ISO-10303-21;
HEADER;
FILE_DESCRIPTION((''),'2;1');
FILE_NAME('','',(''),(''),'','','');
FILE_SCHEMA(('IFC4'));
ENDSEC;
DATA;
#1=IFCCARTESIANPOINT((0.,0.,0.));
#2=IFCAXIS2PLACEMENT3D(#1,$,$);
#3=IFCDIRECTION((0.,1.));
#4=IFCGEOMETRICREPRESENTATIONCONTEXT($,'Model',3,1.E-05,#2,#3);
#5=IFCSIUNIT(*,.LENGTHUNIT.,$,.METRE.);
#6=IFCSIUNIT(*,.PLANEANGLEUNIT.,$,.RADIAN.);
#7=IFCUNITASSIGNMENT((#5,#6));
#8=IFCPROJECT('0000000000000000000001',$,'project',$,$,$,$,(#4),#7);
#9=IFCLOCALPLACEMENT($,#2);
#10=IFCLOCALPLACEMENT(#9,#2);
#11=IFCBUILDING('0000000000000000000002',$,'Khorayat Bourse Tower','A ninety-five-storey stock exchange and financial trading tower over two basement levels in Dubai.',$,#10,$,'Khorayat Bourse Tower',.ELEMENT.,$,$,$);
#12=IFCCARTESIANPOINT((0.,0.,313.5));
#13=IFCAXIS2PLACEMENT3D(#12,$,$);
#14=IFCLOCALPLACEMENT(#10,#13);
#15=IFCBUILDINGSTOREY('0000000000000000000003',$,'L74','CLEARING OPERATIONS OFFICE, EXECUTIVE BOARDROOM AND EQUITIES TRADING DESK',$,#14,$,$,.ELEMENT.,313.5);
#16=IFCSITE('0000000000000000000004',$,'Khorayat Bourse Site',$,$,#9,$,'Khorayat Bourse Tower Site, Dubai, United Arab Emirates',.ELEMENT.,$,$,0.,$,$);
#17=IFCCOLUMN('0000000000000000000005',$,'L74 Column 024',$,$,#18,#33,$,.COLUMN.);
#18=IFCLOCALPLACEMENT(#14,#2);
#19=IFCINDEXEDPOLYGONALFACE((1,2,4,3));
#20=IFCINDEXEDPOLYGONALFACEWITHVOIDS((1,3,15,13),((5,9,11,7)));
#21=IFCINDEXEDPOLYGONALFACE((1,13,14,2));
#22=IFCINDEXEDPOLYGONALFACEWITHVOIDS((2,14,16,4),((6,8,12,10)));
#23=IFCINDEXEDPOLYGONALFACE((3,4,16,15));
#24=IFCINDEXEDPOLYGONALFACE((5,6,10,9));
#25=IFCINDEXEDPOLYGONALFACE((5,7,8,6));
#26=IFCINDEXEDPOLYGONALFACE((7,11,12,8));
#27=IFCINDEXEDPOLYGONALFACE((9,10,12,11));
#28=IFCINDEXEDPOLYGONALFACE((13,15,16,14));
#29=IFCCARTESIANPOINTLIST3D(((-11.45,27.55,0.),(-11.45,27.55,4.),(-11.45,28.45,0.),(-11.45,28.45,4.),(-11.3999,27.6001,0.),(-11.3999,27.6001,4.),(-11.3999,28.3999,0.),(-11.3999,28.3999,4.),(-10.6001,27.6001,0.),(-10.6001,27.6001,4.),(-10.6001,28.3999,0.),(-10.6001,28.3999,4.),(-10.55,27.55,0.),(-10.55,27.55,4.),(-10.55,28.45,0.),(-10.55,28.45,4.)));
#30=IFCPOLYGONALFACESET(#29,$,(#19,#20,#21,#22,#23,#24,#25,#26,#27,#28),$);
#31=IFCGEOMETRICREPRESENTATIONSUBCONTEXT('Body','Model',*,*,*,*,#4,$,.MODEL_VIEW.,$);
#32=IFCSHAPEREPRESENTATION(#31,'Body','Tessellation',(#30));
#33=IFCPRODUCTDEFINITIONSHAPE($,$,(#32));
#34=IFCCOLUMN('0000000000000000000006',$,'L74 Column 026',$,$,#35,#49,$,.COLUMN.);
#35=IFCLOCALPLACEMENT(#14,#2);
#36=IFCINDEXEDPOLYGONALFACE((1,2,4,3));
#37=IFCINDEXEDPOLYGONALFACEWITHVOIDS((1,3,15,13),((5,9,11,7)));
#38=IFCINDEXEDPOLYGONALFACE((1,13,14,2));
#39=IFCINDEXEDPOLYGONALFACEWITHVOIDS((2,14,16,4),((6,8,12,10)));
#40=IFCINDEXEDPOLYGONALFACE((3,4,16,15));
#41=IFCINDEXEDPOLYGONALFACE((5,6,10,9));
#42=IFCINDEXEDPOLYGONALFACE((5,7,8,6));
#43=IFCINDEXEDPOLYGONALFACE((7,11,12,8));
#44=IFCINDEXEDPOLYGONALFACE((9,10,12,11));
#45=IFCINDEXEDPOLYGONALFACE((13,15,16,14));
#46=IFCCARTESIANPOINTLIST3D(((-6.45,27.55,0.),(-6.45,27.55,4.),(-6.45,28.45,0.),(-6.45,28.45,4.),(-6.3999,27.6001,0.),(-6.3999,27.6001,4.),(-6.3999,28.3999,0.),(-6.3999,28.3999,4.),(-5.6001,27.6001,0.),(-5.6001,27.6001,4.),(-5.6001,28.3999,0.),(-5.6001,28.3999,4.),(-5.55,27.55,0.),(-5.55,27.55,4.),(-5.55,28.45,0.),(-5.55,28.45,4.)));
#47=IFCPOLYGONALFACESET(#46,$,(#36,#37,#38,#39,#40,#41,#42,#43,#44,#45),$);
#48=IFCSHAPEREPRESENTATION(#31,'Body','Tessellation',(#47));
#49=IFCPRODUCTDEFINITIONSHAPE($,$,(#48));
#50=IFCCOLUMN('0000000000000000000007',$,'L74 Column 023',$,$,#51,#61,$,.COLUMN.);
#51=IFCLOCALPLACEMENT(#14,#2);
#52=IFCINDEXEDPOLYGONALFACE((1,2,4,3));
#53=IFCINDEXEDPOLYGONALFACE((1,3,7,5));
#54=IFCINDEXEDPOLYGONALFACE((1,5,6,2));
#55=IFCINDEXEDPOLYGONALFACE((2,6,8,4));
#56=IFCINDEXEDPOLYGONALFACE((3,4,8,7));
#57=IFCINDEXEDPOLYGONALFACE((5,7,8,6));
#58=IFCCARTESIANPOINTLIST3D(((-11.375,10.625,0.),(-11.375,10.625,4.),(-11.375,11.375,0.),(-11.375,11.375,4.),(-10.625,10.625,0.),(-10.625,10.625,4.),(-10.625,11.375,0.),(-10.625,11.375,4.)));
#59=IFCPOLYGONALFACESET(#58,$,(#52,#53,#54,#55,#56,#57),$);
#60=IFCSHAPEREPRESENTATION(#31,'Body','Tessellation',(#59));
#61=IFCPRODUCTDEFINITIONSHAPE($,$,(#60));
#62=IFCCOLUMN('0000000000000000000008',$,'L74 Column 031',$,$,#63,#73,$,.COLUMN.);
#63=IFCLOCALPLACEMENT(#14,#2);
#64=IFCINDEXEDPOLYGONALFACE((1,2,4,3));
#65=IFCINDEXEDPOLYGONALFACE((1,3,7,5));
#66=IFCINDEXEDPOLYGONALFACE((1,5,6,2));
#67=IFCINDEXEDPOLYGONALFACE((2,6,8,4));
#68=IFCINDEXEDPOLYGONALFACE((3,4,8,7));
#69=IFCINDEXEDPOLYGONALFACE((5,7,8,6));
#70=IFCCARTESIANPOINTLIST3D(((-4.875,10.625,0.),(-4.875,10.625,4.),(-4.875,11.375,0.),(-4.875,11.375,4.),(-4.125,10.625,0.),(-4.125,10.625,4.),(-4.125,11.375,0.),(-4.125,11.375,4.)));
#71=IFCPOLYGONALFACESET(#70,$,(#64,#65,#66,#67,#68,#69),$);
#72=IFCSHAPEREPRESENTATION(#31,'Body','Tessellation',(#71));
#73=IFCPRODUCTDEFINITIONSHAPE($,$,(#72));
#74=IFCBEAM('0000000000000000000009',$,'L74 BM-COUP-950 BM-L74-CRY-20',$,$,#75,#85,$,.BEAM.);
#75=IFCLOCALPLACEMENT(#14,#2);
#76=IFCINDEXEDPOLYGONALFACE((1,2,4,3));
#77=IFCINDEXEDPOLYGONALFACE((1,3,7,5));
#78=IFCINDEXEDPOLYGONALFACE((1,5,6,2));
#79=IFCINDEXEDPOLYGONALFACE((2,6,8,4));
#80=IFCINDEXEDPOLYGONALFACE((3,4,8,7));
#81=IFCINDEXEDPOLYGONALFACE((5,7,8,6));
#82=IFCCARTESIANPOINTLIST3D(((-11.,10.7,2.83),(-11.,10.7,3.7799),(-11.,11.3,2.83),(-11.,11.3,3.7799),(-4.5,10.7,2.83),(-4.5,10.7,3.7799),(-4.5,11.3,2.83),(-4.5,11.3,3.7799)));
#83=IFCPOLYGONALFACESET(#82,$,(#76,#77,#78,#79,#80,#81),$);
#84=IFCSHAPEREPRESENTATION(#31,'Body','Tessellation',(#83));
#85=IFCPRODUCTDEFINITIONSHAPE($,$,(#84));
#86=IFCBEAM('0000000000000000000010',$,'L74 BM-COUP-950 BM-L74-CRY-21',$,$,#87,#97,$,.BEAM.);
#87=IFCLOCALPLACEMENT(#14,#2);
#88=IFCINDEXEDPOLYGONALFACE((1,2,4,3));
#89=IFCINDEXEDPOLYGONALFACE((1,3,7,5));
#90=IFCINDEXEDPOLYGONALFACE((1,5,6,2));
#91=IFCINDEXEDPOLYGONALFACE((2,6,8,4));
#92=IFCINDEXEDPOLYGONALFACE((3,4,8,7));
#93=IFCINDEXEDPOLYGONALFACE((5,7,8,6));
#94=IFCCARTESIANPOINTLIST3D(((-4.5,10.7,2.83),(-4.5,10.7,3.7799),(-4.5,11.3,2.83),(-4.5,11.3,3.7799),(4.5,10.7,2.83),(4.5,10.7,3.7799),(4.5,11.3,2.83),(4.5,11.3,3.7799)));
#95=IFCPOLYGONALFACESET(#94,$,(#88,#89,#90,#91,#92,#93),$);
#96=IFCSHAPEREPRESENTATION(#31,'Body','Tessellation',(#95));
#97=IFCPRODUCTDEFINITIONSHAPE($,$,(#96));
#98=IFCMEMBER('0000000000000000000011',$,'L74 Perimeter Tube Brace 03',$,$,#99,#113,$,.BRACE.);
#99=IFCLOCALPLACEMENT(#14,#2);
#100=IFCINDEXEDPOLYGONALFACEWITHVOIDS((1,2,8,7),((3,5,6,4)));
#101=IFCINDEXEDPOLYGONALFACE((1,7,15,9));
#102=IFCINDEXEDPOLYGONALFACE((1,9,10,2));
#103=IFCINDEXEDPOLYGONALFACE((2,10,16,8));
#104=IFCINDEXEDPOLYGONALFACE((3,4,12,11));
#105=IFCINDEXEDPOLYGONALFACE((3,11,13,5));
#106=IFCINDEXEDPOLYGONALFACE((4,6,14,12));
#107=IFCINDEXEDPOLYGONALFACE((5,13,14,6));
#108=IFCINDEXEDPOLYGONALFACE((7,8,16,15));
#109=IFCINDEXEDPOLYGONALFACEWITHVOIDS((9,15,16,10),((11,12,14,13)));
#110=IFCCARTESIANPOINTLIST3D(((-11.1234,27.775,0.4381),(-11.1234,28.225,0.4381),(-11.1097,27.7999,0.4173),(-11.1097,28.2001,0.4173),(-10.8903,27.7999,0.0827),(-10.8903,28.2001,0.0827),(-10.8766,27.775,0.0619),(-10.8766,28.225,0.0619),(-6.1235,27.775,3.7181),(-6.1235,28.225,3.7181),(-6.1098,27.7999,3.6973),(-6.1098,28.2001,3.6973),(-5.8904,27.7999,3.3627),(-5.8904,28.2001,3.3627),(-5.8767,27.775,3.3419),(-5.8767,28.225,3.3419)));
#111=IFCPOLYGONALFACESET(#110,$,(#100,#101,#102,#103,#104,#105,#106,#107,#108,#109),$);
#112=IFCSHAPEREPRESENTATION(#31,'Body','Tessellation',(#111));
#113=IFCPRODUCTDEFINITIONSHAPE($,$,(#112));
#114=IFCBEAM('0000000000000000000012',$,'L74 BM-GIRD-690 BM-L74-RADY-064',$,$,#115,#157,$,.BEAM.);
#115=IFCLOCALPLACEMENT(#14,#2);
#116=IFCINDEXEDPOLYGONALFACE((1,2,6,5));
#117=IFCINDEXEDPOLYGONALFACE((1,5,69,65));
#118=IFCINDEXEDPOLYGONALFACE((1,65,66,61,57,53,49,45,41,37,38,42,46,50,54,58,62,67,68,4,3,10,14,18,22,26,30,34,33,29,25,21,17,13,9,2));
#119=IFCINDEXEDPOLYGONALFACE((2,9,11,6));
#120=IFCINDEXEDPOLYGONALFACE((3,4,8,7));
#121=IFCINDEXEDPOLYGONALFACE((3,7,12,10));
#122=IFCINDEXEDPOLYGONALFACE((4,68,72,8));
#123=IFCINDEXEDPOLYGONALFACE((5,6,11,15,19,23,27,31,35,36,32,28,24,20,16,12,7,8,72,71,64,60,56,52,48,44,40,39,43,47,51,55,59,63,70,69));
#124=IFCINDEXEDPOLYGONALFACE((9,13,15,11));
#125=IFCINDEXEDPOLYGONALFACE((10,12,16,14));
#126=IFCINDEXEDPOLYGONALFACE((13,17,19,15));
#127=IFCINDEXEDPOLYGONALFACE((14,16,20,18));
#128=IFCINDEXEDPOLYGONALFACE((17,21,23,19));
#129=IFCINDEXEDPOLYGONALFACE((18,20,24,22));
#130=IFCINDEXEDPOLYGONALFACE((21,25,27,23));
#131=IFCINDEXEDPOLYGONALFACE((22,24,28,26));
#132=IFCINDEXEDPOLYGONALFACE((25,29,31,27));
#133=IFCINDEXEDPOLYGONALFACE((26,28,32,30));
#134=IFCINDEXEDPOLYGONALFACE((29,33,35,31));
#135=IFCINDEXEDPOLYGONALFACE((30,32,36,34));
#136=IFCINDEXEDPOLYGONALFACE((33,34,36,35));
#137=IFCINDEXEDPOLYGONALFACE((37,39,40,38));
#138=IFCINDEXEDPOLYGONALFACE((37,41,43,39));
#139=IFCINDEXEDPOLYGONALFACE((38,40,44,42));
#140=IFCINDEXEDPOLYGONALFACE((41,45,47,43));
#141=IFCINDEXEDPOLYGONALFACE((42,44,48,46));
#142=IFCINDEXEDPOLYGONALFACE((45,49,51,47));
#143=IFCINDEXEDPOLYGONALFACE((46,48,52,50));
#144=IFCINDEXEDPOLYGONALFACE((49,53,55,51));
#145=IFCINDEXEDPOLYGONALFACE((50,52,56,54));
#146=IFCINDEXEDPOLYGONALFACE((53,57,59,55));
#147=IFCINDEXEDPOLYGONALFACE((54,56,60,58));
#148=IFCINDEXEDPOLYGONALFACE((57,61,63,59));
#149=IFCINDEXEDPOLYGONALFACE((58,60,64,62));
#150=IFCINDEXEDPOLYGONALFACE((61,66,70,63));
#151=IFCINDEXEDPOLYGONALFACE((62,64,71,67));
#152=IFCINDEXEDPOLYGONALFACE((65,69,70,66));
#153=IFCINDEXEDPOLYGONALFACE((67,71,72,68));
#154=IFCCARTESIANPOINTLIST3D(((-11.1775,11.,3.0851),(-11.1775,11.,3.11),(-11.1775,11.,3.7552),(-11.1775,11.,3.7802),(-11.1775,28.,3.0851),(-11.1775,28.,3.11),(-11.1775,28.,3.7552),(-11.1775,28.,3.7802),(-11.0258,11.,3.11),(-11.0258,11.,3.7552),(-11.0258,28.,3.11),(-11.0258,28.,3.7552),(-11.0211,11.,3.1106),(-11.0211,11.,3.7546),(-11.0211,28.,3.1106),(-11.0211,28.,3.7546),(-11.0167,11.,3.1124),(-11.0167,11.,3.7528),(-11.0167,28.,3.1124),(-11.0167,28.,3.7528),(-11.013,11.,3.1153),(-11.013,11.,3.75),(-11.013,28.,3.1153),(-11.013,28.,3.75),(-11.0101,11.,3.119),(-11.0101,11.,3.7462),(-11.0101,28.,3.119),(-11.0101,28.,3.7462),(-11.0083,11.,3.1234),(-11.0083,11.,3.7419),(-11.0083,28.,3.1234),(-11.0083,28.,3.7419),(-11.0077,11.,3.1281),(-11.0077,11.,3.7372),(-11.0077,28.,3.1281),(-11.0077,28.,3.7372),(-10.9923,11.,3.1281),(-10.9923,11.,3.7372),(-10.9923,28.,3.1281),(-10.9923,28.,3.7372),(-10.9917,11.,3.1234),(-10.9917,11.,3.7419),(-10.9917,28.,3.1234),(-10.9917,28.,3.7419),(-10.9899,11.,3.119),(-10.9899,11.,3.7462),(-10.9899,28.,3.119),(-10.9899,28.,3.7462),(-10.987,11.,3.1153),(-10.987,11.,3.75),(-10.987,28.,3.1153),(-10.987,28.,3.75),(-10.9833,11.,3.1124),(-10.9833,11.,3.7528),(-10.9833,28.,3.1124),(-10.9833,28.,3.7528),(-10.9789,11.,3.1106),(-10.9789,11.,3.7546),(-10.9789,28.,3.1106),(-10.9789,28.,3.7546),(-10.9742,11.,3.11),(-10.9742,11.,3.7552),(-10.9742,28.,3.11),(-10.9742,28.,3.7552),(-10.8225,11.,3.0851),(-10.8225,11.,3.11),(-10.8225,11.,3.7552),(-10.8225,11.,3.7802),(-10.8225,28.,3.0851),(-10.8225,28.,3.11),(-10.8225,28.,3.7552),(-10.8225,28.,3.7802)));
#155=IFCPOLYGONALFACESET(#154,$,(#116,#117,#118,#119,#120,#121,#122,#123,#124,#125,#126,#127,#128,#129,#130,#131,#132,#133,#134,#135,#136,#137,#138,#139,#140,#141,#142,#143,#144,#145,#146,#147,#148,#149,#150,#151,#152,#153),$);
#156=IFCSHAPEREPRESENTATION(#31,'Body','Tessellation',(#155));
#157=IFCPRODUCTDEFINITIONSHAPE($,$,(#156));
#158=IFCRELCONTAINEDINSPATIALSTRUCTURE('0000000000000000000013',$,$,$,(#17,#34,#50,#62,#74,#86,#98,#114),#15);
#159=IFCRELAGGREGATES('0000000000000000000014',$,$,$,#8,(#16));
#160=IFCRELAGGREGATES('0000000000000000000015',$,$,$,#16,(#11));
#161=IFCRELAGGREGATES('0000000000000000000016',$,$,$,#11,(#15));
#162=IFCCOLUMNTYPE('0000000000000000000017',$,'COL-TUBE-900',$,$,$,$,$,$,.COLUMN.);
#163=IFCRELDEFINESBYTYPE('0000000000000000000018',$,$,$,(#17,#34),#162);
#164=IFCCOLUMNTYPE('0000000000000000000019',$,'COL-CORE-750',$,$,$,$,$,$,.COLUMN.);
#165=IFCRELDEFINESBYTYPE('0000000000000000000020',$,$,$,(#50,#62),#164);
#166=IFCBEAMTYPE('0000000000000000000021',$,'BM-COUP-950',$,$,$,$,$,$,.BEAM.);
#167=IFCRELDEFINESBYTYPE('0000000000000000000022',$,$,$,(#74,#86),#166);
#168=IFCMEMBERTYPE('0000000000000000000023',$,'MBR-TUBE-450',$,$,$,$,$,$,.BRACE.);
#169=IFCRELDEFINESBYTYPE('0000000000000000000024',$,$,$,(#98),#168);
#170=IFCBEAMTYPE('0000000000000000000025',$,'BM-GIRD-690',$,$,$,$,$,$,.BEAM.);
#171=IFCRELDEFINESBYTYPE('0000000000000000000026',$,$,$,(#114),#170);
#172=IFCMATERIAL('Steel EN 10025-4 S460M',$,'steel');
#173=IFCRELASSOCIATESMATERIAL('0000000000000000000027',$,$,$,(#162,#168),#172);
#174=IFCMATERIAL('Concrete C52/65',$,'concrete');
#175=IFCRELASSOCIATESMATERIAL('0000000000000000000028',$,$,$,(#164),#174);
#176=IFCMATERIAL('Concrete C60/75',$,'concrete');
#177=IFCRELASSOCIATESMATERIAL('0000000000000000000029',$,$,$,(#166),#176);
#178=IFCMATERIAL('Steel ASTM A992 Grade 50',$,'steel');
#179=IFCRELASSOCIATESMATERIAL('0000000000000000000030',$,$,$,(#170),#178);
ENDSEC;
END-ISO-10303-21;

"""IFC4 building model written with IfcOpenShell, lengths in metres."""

from ifc_helpers import new_model, si_unit, direction, frame, origin, origin_2d, place, context, subcontext, project, spatial, rectangle, hollow_rectangle, i_section, extrude, source, transform, mapped, material, material_profile, profile_set, type_object, element, save


model = new_model("IFC4")

# Units and contexts
model_context = context("Model", 3, precision=1e-05, world=origin(), true_north=direction((0.0, 1.0)))
body_context = subcontext(model_context, "Body", "Model", "MODEL_VIEW")
ifc_project = project(units=[si_unit("LENGTHUNIT", "METRE"), si_unit("PLANEANGLEUNIT", "RADIAN")], contexts=[model_context])

# Site, building, storey
site_placement = place(None, origin())
site = spatial("IfcSite", under=ifc_project, at=site_placement, Name="Khorayat Bourse Site", LongName="Khorayat Bourse Tower Site, Dubai, United Arab Emirates", CompositionType="ELEMENT", RefElevation=0.0)
building_placement = place(site_placement, origin())
building = spatial("IfcBuilding", under=site, at=building_placement, Name="Khorayat Bourse Tower", Description="A ninety-five-storey stock exchange and financial trading tower over two basement levels in Dubai.", LongName="Khorayat Bourse Tower", CompositionType="ELEMENT")
storey_placement = place(building_placement, frame((0.0, 0.0, 313.5)))
storey = spatial("IfcBuildingStorey", under=building, at=storey_placement, Name="L74", Description="CLEARING OPERATIONS OFFICE, EXECUTIVE BOARDROOM AND EQUITIES TRADING DESK", CompositionType="ELEMENT", Elevation=313.5)

# Columns
ifc_material_1 = material(Name="Steel EN 10025-4 S460M", Category="steel")
ifc_material_profile_1 = material_profile(ifc_material_1, hollow_rectangle(XDim=0.8999, YDim=0.8999, WallThickness=0.05, at=origin_2d()), Name="BOX 900x900x50")
ifc_profile_set_1 = profile_set([ifc_material_profile_1], Name="Steel EN 10025-4 S460M")
column_type_1 = type_object("IfcColumnType", Name="COL-TUBE-900", PredefinedType="COLUMN", material=ifc_profile_set_1)
shared_shape_1 = source(origin(), body_context, "Body", "SweptSolid", [
    extrude(hollow_rectangle(XDim=0.8999, YDim=0.8999, WallThickness=0.05, at=origin_2d()), origin(), (0.0, 0.0, 1.0), 4.0),
])
for number, where, z_axis, x_axis, name in (
    (1, (-11.0, 28.0, 0.0), (0.0, 0.0, 1.0), (1.0, 0.0, 0.0), "L74 Column 024"),
    (2, (-6.0, 28.0, 0.0), (0.0, 0.0, 1.0), (1.0, 0.0, 0.0), "L74 Column 026"),
):
    element("IfcColumn", number, at=place(storey_placement, frame(where, z_axis=z_axis, x_axis=x_axis)), inside=storey, type_object=column_type_1, Name=name, PredefinedType="COLUMN", context=body_context, shape_type="MappedRepresentation", body=[
        mapped(shared_shape_1, transform((0.0, 0.0, 0.0), scale=1.0)),
    ])
ifc_material_2 = material(Name="Concrete C52/65", Category="concrete")
ifc_material_profile_2 = material_profile(ifc_material_2, rectangle(XDim=0.75, YDim=0.75, at=origin_2d()), Name="RC 750x750")
ifc_profile_set_2 = profile_set([ifc_material_profile_2], Name="Concrete C52/65")
column_type_2 = type_object("IfcColumnType", Name="COL-CORE-750", PredefinedType="COLUMN", material=ifc_profile_set_2)
shared_shape_2 = source(origin(), body_context, "Body", "SweptSolid", [
    extrude(rectangle(XDim=0.75, YDim=0.75, at=origin_2d()), origin(), (0.0, 0.0, 1.0), 4.0),
])
for number, where, z_axis, x_axis, name in (
    (3, (-11.0, 11.0, 0.0), (0.0, 0.0, 1.0), (1.0, 0.0, 0.0), "L74 Column 023"),
    (4, (-4.5, 11.0, 0.0), (0.0, 0.0, 1.0), (1.0, 0.0, 0.0), "L74 Column 031"),
):
    element("IfcColumn", number, at=place(storey_placement, frame(where, z_axis=z_axis, x_axis=x_axis)), inside=storey, type_object=column_type_2, Name=name, PredefinedType="COLUMN", context=body_context, shape_type="MappedRepresentation", body=[
        mapped(shared_shape_2, transform((0.0, 0.0, 0.0), scale=1.0)),
    ])

# Beams
ifc_material_3 = material(Name="Concrete C60/75", Category="concrete")
ifc_material_profile_3 = material_profile(ifc_material_3, rectangle(XDim=0.6001, YDim=0.95, at=origin_2d()), Name="RC 600x950")
ifc_profile_set_3 = profile_set([ifc_material_profile_3], Name="Concrete C60/75")
beam_type_1 = type_object("IfcBeamType", Name="BM-COUP-950", PredefinedType="BEAM", material=ifc_profile_set_3)
shared_shape_3 = source(origin(), body_context, "Body", "SweptSolid", [
    extrude(rectangle(XDim=0.6001, YDim=0.95, at=origin_2d()), origin(), (0.0, 0.0, 1.0), 6.5),
])
beam_1_placement = place(storey_placement, frame((-11.0, 11.0, 3.3049), z_axis=(1.0, 0.0, 0.0), x_axis=(0.0, 1.0, 0.0)))
element("IfcBeam", 5, at=beam_1_placement, inside=storey, type_object=beam_type_1, Name="L74 BM-COUP-950 BM-L74-CRY-20", PredefinedType="BEAM", context=body_context, shape_type="MappedRepresentation", body=[
    mapped(shared_shape_3, transform((0.0, 0.0, 0.0), scale=1.0)),
])
shared_shape_4 = source(origin(), body_context, "Body", "SweptSolid", [
    extrude(rectangle(XDim=0.6001, YDim=0.95, at=origin_2d()), origin(), (0.0, 0.0, 1.0), 9.0),
])
beam_2_placement = place(storey_placement, frame((-4.5, 11.0, 3.3049), z_axis=(1.0, 0.0, 0.0), x_axis=(0.0, 1.0, 0.0)))
element("IfcBeam", 6, at=beam_2_placement, inside=storey, type_object=beam_type_1, Name="L74 BM-COUP-950 BM-L74-CRY-21", PredefinedType="BEAM", context=body_context, shape_type="MappedRepresentation", body=[
    mapped(shared_shape_4, transform((0.0, 0.0, 0.0), scale=1.0)),
])

# Member
ifc_material_profile_4 = material_profile(ifc_material_1, hollow_rectangle(XDim=0.45, YDim=0.45, WallThickness=0.0249, at=origin_2d()), Name="HSS 450x450x25")
ifc_profile_set_4 = profile_set([ifc_material_profile_4], Name="Steel EN 10025-4 S460M")
member_type_1 = type_object("IfcMemberType", Name="MBR-TUBE-450", PredefinedType="BRACE", material=ifc_profile_set_4)
shared_shape_5 = source(origin(), body_context, "Body", "SweptSolid", [
    extrude(hollow_rectangle(XDim=0.45, YDim=0.45, WallThickness=0.0249, at=origin_2d()), origin(), (0.0, 0.0, 1.0), 5.9797),
])
member_1_placement = place(storey_placement, frame((-11.0, 28.0, 0.25), z_axis=(0.836142, 0.0, 0.548514), x_axis=(0.0, 1.0, 0.0)))
element("IfcMember", 7, at=member_1_placement, inside=storey, type_object=member_type_1, Name="L74 Perimeter Tube Brace 03", PredefinedType="BRACE", context=body_context, shape_type="MappedRepresentation", body=[
    mapped(shared_shape_5, transform((0.0, 0.0, 0.0), scale=1.0)),
])

# Beam
ifc_material_4 = material(Name="Steel ASTM A992 Grade 50", Category="steel")
ifc_material_profile_5 = material_profile(ifc_material_4, i_section(OverallWidth=0.355, OverallDepth=0.6951, WebThickness=0.0154, FlangeThickness=0.0249, FilletRadius=0.0181, at=origin_2d()), Name="W690X217")
ifc_profile_set_5 = profile_set([ifc_material_profile_5], Name="Steel ASTM A992 Grade 50")
beam_type_2 = type_object("IfcBeamType", Name="BM-GIRD-690", PredefinedType="BEAM", material=ifc_profile_set_5)
shared_shape_6 = source(origin(), body_context, "Body", "SweptSolid", [
    extrude(i_section(OverallWidth=0.355, OverallDepth=0.6951, WebThickness=0.0154, FlangeThickness=0.0249, FilletRadius=0.0181, at=origin_2d()), origin(), (0.0, 0.0, 1.0), 17.0),
])
for number, where, z_axis, x_axis, name in (
    (8, (-11.0, 11.0, 3.4326), (0.0, 1.0, 0.0), (-1.0, 0.0, 0.0), "L74 BM-GIRD-690 BM-L74-RADY-064"),
):
    element("IfcBeam", number, at=place(storey_placement, frame(where, z_axis=z_axis, x_axis=x_axis)), inside=storey, type_object=beam_type_2, Name=name, PredefinedType="BEAM", context=body_context, shape_type="MappedRepresentation", body=[
        mapped(shared_shape_6, transform((0.0, 0.0, 0.0), scale=1.0)),
    ])

save(model, "model.ifc")
